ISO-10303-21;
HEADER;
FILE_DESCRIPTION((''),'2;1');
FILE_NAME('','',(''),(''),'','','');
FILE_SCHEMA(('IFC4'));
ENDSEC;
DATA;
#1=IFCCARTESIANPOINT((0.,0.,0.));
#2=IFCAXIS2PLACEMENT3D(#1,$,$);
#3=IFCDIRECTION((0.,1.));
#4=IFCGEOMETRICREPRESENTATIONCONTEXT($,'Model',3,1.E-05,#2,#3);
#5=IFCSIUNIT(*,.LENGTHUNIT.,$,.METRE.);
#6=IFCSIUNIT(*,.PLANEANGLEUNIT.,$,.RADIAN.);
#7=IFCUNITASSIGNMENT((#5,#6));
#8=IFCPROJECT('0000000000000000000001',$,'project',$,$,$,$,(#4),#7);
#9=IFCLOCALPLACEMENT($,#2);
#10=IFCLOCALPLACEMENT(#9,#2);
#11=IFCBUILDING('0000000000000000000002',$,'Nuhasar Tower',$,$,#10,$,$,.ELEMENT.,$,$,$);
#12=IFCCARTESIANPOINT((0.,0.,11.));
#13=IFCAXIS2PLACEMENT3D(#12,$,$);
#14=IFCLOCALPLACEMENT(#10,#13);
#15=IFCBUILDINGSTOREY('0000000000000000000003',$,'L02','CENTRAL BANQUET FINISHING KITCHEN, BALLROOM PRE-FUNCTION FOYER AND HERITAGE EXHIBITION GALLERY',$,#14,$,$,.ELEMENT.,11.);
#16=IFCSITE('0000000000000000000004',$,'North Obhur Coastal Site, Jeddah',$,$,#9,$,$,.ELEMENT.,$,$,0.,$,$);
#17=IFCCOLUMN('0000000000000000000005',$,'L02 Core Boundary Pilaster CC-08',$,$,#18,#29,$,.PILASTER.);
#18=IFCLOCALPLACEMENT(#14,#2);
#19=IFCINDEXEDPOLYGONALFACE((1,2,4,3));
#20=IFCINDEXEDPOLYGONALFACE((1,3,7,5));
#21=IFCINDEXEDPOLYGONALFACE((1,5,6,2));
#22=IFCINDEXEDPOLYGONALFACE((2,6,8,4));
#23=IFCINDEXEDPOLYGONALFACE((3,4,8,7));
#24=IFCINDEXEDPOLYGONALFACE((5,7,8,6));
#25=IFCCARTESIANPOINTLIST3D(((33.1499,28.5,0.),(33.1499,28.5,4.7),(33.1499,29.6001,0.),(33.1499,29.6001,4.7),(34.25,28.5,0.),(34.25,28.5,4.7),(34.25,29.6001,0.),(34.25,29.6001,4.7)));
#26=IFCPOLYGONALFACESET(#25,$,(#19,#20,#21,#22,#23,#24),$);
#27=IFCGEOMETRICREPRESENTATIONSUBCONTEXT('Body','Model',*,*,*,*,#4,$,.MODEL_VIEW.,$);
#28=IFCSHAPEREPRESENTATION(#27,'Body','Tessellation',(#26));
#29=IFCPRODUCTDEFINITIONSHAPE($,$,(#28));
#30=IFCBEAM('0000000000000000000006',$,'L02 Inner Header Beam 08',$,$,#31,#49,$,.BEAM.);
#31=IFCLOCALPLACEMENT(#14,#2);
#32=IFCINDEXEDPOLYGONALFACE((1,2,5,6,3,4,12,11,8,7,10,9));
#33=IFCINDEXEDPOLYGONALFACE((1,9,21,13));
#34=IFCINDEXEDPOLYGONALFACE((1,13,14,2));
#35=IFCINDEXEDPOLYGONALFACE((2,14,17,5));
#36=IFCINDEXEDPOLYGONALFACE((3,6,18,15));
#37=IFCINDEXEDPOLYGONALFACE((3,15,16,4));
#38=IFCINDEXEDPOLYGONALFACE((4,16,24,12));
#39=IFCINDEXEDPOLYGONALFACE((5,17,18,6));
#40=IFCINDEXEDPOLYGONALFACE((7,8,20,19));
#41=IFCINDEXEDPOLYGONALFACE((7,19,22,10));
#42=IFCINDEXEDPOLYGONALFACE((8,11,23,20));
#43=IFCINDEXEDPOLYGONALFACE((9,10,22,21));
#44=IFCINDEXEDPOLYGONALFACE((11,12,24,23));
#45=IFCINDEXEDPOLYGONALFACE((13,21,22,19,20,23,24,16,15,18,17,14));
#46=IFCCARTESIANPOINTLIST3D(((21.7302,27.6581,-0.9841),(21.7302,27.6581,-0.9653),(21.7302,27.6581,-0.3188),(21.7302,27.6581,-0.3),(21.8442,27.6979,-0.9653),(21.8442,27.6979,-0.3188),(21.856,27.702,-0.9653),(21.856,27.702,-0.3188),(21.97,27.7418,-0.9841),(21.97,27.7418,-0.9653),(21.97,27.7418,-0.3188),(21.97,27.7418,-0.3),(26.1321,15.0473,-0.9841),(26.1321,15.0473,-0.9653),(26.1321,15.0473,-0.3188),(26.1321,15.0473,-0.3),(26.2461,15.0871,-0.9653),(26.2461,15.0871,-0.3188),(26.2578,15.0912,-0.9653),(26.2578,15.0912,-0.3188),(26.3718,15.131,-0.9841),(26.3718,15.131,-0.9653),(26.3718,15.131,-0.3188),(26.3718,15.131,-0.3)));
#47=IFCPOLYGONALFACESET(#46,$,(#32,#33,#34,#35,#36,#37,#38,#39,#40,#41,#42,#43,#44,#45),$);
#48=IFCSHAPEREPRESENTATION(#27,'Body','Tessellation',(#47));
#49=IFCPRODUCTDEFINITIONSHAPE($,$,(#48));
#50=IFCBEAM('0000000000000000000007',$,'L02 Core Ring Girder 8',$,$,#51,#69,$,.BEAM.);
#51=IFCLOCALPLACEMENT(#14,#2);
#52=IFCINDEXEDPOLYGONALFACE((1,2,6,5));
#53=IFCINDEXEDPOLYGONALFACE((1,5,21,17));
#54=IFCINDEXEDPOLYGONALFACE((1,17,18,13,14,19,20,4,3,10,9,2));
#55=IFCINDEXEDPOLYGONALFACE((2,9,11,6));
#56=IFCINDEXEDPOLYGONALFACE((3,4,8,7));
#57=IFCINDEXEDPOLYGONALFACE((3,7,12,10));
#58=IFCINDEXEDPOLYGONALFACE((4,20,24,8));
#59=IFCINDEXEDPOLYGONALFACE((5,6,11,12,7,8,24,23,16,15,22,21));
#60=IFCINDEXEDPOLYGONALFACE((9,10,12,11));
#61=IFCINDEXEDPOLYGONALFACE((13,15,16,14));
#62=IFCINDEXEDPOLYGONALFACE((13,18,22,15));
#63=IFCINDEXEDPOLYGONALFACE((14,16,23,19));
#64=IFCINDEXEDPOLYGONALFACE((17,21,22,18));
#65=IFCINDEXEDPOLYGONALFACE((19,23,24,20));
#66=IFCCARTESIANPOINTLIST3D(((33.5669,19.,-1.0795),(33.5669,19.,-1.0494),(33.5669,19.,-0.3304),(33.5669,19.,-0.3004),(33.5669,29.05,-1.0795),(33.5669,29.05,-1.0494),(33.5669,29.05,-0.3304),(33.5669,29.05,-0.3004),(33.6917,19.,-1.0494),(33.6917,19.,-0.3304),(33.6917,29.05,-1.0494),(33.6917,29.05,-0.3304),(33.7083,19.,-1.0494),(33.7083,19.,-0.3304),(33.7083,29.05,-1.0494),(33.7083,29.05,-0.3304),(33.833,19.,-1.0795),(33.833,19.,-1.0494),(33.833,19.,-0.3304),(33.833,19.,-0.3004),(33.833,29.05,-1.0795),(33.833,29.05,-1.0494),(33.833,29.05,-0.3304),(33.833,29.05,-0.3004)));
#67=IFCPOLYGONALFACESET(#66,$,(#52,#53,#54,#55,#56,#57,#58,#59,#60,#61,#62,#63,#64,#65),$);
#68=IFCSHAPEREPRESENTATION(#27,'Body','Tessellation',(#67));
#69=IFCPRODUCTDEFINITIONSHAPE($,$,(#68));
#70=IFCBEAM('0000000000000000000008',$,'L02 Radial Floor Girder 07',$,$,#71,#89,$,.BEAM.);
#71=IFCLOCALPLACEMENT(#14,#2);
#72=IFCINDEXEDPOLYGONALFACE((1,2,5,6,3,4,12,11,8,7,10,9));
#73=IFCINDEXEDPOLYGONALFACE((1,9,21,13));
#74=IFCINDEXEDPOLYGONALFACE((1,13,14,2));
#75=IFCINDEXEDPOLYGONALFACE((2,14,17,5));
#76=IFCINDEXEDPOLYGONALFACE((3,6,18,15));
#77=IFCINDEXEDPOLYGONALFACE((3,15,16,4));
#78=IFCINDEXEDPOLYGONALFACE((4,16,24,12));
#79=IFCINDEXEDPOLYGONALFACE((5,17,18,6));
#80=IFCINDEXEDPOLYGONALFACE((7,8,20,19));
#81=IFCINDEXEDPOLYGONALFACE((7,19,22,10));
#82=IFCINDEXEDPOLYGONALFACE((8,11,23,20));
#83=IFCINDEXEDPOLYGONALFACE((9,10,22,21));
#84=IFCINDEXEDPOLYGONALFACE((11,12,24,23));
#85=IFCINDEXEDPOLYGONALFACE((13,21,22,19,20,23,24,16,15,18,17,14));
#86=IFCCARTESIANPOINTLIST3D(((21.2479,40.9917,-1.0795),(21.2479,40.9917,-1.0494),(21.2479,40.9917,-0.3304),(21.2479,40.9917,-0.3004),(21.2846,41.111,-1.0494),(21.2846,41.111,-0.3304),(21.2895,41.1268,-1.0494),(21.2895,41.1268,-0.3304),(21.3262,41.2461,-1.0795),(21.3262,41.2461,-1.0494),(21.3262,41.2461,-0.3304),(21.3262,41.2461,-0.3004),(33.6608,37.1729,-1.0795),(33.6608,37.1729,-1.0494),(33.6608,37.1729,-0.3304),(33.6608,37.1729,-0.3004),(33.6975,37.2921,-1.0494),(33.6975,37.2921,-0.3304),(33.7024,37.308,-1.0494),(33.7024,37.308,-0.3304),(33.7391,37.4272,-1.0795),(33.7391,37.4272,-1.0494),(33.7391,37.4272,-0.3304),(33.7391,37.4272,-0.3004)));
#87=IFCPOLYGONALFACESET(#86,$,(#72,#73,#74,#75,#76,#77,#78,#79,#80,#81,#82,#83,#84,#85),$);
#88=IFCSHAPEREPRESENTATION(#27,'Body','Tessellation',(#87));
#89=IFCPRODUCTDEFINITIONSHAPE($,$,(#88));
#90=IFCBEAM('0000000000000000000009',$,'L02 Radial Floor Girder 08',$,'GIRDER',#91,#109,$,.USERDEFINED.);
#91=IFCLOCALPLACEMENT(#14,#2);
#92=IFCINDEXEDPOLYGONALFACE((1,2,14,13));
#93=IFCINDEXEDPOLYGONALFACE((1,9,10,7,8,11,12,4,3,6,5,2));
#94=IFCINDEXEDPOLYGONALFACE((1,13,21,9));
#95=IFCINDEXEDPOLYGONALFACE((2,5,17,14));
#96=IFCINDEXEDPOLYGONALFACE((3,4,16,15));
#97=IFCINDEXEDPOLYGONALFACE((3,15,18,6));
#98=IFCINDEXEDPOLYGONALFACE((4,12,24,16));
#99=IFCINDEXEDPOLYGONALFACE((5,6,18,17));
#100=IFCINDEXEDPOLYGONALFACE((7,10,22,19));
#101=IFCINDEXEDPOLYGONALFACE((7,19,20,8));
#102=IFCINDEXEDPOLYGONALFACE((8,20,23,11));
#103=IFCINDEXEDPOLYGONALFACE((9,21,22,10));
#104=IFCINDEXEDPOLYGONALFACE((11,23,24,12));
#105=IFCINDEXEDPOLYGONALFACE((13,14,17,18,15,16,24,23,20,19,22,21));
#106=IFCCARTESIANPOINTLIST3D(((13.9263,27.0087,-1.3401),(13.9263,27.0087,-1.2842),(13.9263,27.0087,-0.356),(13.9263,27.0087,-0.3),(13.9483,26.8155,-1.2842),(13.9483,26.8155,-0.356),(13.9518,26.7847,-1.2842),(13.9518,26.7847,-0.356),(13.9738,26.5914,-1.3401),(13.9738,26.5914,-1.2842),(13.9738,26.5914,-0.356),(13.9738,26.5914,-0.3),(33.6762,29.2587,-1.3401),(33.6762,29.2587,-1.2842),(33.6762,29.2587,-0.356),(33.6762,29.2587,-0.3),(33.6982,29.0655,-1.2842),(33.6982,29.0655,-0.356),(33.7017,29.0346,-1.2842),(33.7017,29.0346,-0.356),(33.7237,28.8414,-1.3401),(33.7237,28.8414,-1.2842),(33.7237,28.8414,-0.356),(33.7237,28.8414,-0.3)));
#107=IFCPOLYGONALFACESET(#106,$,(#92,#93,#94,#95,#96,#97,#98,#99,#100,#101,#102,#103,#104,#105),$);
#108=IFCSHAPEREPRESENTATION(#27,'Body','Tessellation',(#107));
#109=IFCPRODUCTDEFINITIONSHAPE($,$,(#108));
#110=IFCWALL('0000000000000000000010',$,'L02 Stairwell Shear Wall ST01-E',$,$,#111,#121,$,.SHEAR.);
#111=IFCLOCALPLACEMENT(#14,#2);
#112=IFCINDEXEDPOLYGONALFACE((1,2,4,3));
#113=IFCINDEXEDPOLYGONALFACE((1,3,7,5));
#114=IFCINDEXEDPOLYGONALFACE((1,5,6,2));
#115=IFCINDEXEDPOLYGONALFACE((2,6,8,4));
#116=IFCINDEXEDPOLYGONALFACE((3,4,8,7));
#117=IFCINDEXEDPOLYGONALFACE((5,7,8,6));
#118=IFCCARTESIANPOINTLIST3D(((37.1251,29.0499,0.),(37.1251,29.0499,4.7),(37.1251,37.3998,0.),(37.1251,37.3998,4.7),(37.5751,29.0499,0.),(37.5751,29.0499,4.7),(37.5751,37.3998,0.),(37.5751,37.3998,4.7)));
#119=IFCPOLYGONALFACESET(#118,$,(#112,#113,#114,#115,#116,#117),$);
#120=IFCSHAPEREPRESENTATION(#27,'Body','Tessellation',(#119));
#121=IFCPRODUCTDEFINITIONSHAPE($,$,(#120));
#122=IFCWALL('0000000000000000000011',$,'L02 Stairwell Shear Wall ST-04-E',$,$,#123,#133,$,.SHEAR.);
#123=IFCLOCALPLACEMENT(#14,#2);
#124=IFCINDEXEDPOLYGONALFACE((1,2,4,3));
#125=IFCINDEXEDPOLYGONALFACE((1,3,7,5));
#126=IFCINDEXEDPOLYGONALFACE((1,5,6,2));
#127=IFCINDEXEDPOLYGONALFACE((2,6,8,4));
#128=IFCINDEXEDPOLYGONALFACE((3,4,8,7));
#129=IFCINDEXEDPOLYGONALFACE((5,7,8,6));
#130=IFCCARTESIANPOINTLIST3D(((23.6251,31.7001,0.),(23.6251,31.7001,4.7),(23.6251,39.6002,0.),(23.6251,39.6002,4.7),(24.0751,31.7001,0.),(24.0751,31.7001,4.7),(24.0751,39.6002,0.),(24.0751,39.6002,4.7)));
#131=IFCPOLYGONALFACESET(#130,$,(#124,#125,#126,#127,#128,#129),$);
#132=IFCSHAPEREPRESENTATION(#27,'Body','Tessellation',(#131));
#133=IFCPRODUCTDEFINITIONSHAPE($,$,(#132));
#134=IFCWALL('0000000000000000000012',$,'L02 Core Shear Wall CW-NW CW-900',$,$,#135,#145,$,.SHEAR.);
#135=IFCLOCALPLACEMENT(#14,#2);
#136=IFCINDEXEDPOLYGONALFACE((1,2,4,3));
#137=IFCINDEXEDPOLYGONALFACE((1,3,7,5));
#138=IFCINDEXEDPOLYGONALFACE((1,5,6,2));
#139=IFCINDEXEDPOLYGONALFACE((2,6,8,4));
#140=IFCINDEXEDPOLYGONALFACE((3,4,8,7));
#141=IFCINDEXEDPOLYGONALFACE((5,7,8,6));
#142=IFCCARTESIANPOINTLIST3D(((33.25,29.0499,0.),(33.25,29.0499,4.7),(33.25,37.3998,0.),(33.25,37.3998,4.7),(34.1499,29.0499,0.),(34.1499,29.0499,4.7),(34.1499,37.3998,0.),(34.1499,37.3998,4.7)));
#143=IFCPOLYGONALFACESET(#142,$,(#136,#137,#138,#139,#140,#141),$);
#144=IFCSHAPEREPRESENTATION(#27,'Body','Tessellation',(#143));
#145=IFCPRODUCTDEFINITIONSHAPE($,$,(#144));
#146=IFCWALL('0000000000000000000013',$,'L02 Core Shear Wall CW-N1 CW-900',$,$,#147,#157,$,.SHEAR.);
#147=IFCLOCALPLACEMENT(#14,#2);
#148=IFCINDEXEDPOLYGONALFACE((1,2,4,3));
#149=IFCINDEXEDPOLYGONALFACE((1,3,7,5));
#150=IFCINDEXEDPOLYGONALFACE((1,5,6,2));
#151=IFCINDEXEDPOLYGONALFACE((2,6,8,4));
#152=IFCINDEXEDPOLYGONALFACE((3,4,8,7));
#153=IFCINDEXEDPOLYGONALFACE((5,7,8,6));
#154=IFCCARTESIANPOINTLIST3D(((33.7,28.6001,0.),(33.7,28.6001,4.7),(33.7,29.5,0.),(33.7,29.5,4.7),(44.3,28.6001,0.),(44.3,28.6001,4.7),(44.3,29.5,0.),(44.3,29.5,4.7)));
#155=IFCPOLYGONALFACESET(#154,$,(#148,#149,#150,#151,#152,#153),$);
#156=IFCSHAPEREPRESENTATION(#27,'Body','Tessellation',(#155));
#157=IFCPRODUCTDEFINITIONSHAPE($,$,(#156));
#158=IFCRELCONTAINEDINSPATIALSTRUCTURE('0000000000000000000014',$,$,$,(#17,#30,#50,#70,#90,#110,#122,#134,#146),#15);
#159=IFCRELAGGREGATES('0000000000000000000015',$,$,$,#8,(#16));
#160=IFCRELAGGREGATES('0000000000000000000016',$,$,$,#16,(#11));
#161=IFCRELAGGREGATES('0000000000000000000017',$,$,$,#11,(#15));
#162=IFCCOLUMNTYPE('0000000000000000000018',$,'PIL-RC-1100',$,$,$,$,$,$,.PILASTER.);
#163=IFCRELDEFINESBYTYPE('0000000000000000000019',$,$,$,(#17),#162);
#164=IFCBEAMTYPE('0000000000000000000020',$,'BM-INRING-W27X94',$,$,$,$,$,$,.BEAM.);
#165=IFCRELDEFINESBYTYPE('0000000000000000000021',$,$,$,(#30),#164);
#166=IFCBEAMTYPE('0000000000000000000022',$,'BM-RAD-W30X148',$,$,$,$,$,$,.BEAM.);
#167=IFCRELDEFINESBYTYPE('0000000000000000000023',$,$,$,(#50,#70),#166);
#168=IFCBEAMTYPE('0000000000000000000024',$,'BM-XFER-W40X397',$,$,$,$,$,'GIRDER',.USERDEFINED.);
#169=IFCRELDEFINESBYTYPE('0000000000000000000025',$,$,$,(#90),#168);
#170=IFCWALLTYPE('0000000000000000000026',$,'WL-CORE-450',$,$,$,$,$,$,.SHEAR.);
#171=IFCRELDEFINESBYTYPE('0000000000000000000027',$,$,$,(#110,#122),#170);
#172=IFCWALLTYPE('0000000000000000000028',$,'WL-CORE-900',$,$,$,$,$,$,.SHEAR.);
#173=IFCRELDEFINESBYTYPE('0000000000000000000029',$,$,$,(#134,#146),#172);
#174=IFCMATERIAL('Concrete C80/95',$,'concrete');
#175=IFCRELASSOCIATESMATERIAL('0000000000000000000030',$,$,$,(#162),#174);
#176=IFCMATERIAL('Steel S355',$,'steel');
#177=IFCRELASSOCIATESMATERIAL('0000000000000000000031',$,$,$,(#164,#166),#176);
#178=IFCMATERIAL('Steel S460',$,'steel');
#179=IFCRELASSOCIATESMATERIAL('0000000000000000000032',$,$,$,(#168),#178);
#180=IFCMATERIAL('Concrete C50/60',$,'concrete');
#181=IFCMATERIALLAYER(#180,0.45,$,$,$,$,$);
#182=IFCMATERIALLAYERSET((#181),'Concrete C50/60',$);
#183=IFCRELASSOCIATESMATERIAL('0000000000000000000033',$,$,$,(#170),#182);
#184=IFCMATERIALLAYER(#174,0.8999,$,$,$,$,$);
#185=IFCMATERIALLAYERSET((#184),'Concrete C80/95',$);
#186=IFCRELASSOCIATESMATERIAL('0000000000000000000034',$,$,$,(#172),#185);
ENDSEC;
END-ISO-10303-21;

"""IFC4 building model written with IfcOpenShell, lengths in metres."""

from ifc_helpers import new_model, si_unit, direction, frame, frame_2d, origin, origin_2d, place, context, subcontext, project, spatial, rectangle, i_section, extrude, material, layer, layer_set, material_profile, profile_set, type_object, element, save


model = new_model("IFC4")

# Units and contexts
model_context = context("Model", 3, precision=1e-05, world=origin(), true_north=direction((0.0, 1.0)))
body_context = subcontext(model_context, "Body", "Model", "MODEL_VIEW")
ifc_project = project(units=[si_unit("LENGTHUNIT", "METRE"), si_unit("PLANEANGLEUNIT", "RADIAN")], contexts=[model_context])

# Site, building, storey
site_placement = place(None, origin())
site = spatial("IfcSite", under=ifc_project, at=site_placement, Name="North Obhur Coastal Site, Jeddah", CompositionType="ELEMENT", RefElevation=0.0)
building_placement = place(site_placement, origin())
building = spatial("IfcBuilding", under=site, at=building_placement, Name="Nuhasar Tower", CompositionType="ELEMENT")
storey_placement = place(building_placement, frame((0.0, 0.0, 11.0)))
storey = spatial("IfcBuildingStorey", under=building, at=storey_placement, Name="L02", Description="CENTRAL BANQUET FINISHING KITCHEN, BALLROOM PRE-FUNCTION FOYER AND HERITAGE EXHIBITION GALLERY", CompositionType="ELEMENT", Elevation=11.0)

# Column
ifc_material_1 = material(Name="Concrete C80/95", Category="concrete")
ifc_material_profile_1 = material_profile(ifc_material_1, rectangle(XDim=1.1001, YDim=1.1001, at=origin_2d()), Name="RC1100X1100")
ifc_profile_set_1 = profile_set([ifc_material_profile_1], Name="Concrete C80/95")
column_type = type_object("IfcColumnType", Name="PIL-RC-1100", PredefinedType="PILASTER", material=ifc_profile_set_1)
column_placement = place(storey_placement, frame((33.7, 29.05, 0.0), z_axis=(0.0, 0.0, 1.0), x_axis=(1.0, 0.0, 0.0)))
element("IfcColumn", 1, at=column_placement, inside=storey, type_object=column_type, Name="L02 Core Boundary Pilaster CC-08", PredefinedType="PILASTER", context=body_context, shape_type="SweptSolid", body=[
    extrude(rectangle(XDim=1.1001, YDim=1.1001, at=origin_2d()), origin(), (0.0, 0.0, 1.0), 4.7),
])

# Beams
ifc_material_2 = material(Name="Steel S355", Category="steel")
ifc_material_profile_2 = material_profile(ifc_material_2, i_section(OverallWidth=0.2539, OverallDepth=0.6841, WebThickness=0.0125, FlangeThickness=0.0188, at=origin_2d()), Name="W27X94")
ifc_profile_set_2 = profile_set([ifc_material_profile_2], Name="Steel S355")
beam_type_1 = type_object("IfcBeamType", Name="BM-INRING-W27X94", PredefinedType="BEAM", material=ifc_profile_set_2)
beam_1_placement = place(storey_placement, frame((21.8501, 27.7, -0.6421), z_axis=(0.329554, -0.944137, 0.0), x_axis=(0.944137, 0.329554, 0.0)))
element("IfcBeam", 2, at=beam_1_placement, inside=storey, type_object=beam_type_1, Name="L02 Inner Header Beam 08", PredefinedType="BEAM", context=body_context, shape_type="SweptSolid", body=[
    extrude(i_section(OverallWidth=0.2539, OverallDepth=0.6841, WebThickness=0.0125, FlangeThickness=0.0188, at=origin_2d()), origin(), (0.0, 0.0, 1.0), 13.3569),
])
ifc_material_profile_3 = material_profile(ifc_material_2, i_section(OverallWidth=0.2661, OverallDepth=0.7791, WebThickness=0.0166, FlangeThickness=0.03, at=origin_2d()), Name="W30X148")
ifc_profile_set_3 = profile_set([ifc_material_profile_3], Name="Steel S355")
beam_type_2 = type_object("IfcBeamType", Name="BM-RAD-W30X148", PredefinedType="BEAM", material=ifc_profile_set_3)
beam_2_placement = place(storey_placement, frame((33.7, 29.05, -0.6899), z_axis=(0.0, -1.0, 0.0), x_axis=(1.0, 0.0, 0.0)))
element("IfcBeam", 3, at=beam_2_placement, inside=storey, type_object=beam_type_2, Name="L02 Core Ring Girder 8", PredefinedType="BEAM", context=body_context, shape_type="SweptSolid", body=[
    extrude(i_section(OverallWidth=0.2661, OverallDepth=0.7791, WebThickness=0.0166, FlangeThickness=0.03, at=origin_2d()), origin(), (0.0, 0.0, 1.0), 10.05),
])
beam_3_placement = place(storey_placement, frame((33.7, 37.3, -0.6899), z_axis=(-0.95579, 0.294052, 0.0), x_axis=(-0.294052, -0.95579, 0.0)))
element("IfcBeam", 4, at=beam_3_placement, inside=storey, type_object=beam_type_2, Name="L02 Radial Floor Girder 07", PredefinedType="BEAM", context=body_context, shape_type="SweptSolid", body=[
    extrude(i_section(OverallWidth=0.2661, OverallDepth=0.7791, WebThickness=0.0166, FlangeThickness=0.03, at=origin_2d()), origin(), (0.0, 0.0, 1.0), 12.9871),
])
ifc_material_3 = material(Name="Steel S460", Category="steel")
ifc_material_profile_4 = material_profile(ifc_material_3, i_section(OverallWidth=0.4199, OverallDepth=1.04, WebThickness=0.031, FlangeThickness=0.0559, at=origin_2d()), Name="W40X397")
ifc_profile_set_4 = profile_set([ifc_material_profile_4], Name="Steel S460")
beam_type_3 = type_object("IfcBeamType", Name="BM-XFER-W40X397", ElementType="GIRDER", PredefinedType="USERDEFINED", material=ifc_profile_set_4)
beam_4_placement = place(storey_placement, frame((33.7, 29.05, -0.8201), z_axis=(-0.993573, -0.113192, 0.0), x_axis=(0.113192, -0.993573, 0.0)))
element("IfcBeam", 5, at=beam_4_placement, inside=storey, type_object=beam_type_3, Name="L02 Radial Floor Girder 08", ObjectType="GIRDER", PredefinedType="USERDEFINED", context=body_context, shape_type="SweptSolid", body=[
    extrude(i_section(OverallWidth=0.4199, OverallDepth=1.04, WebThickness=0.031, FlangeThickness=0.0559, at=origin_2d()), origin(), (0.0, 0.0, 1.0), 19.8777),
])

# Walls
ifc_material_4 = material(Name="Concrete C50/60", Category="concrete")
ifc_layer_1 = layer(ifc_material_4, 0.45)
ifc_layer_set_1 = layer_set([ifc_layer_1], Name="Concrete C50/60")
wall_type_1 = type_object("IfcWallType", Name="WL-CORE-450", PredefinedType="SHEAR", material=ifc_layer_set_1)
wall_1_placement = place(storey_placement, frame((37.3501, 29.05, 0.0), z_axis=(0.0, 0.0, 1.0), x_axis=(0.0, 1.0, 0.0)))
element("IfcWall", 6, at=wall_1_placement, inside=storey, type_object=wall_type_1, Name="L02 Stairwell Shear Wall ST01-E", PredefinedType="SHEAR", context=body_context, shape_type="SweptSolid", body=[
    extrude(rectangle(XDim=8.3499, YDim=0.45, at=frame_2d((4.1748, 0.0))), origin(), (0.0, 0.0, 1.0), 4.7),
])
wall_2_placement = place(storey_placement, frame((23.8501, 31.7, 0.0), z_axis=(0.0, 0.0, 1.0), x_axis=(0.0, 1.0, 0.0)))
element("IfcWall", 7, at=wall_2_placement, inside=storey, type_object=wall_type_1, Name="L02 Stairwell Shear Wall ST-04-E", PredefinedType="SHEAR", context=body_context, shape_type="SweptSolid", body=[
    extrude(rectangle(XDim=7.9001, YDim=0.45, at=frame_2d((3.9502, 0.0))), origin(), (0.0, 0.0, 1.0), 4.7),
])
ifc_layer_2 = layer(ifc_material_1, 0.8999)
ifc_layer_set_2 = layer_set([ifc_layer_2], Name="Concrete C80/95")
wall_type_2 = type_object("IfcWallType", Name="WL-CORE-900", PredefinedType="SHEAR", material=ifc_layer_set_2)
wall_3_placement = place(storey_placement, frame((33.7, 29.05, 0.0), z_axis=(0.0, 0.0, 1.0), x_axis=(0.0, 1.0, 0.0)))
element("IfcWall", 8, at=wall_3_placement, inside=storey, type_object=wall_type_2, Name="L02 Core Shear Wall CW-NW CW-900", PredefinedType="SHEAR", context=body_context, shape_type="SweptSolid", body=[
    extrude(rectangle(XDim=8.3499, YDim=0.8999, at=frame_2d((4.1748, 0.0))), origin(), (0.0, 0.0, 1.0), 4.7),
])
wall_4_placement = place(storey_placement, frame((33.7, 29.05, 0.0), z_axis=(0.0, 0.0, 1.0), x_axis=(1.0, 0.0, 0.0)))
element("IfcWall", 9, at=wall_4_placement, inside=storey, type_object=wall_type_2, Name="L02 Core Shear Wall CW-N1 CW-900", PredefinedType="SHEAR", context=body_context, shape_type="SweptSolid", body=[
    extrude(rectangle(XDim=10.6001, YDim=0.8999, at=frame_2d((5.3, 0.0))), origin(), (0.0, 0.0, 1.0), 4.7),
])

save(model, "model.ifc")
